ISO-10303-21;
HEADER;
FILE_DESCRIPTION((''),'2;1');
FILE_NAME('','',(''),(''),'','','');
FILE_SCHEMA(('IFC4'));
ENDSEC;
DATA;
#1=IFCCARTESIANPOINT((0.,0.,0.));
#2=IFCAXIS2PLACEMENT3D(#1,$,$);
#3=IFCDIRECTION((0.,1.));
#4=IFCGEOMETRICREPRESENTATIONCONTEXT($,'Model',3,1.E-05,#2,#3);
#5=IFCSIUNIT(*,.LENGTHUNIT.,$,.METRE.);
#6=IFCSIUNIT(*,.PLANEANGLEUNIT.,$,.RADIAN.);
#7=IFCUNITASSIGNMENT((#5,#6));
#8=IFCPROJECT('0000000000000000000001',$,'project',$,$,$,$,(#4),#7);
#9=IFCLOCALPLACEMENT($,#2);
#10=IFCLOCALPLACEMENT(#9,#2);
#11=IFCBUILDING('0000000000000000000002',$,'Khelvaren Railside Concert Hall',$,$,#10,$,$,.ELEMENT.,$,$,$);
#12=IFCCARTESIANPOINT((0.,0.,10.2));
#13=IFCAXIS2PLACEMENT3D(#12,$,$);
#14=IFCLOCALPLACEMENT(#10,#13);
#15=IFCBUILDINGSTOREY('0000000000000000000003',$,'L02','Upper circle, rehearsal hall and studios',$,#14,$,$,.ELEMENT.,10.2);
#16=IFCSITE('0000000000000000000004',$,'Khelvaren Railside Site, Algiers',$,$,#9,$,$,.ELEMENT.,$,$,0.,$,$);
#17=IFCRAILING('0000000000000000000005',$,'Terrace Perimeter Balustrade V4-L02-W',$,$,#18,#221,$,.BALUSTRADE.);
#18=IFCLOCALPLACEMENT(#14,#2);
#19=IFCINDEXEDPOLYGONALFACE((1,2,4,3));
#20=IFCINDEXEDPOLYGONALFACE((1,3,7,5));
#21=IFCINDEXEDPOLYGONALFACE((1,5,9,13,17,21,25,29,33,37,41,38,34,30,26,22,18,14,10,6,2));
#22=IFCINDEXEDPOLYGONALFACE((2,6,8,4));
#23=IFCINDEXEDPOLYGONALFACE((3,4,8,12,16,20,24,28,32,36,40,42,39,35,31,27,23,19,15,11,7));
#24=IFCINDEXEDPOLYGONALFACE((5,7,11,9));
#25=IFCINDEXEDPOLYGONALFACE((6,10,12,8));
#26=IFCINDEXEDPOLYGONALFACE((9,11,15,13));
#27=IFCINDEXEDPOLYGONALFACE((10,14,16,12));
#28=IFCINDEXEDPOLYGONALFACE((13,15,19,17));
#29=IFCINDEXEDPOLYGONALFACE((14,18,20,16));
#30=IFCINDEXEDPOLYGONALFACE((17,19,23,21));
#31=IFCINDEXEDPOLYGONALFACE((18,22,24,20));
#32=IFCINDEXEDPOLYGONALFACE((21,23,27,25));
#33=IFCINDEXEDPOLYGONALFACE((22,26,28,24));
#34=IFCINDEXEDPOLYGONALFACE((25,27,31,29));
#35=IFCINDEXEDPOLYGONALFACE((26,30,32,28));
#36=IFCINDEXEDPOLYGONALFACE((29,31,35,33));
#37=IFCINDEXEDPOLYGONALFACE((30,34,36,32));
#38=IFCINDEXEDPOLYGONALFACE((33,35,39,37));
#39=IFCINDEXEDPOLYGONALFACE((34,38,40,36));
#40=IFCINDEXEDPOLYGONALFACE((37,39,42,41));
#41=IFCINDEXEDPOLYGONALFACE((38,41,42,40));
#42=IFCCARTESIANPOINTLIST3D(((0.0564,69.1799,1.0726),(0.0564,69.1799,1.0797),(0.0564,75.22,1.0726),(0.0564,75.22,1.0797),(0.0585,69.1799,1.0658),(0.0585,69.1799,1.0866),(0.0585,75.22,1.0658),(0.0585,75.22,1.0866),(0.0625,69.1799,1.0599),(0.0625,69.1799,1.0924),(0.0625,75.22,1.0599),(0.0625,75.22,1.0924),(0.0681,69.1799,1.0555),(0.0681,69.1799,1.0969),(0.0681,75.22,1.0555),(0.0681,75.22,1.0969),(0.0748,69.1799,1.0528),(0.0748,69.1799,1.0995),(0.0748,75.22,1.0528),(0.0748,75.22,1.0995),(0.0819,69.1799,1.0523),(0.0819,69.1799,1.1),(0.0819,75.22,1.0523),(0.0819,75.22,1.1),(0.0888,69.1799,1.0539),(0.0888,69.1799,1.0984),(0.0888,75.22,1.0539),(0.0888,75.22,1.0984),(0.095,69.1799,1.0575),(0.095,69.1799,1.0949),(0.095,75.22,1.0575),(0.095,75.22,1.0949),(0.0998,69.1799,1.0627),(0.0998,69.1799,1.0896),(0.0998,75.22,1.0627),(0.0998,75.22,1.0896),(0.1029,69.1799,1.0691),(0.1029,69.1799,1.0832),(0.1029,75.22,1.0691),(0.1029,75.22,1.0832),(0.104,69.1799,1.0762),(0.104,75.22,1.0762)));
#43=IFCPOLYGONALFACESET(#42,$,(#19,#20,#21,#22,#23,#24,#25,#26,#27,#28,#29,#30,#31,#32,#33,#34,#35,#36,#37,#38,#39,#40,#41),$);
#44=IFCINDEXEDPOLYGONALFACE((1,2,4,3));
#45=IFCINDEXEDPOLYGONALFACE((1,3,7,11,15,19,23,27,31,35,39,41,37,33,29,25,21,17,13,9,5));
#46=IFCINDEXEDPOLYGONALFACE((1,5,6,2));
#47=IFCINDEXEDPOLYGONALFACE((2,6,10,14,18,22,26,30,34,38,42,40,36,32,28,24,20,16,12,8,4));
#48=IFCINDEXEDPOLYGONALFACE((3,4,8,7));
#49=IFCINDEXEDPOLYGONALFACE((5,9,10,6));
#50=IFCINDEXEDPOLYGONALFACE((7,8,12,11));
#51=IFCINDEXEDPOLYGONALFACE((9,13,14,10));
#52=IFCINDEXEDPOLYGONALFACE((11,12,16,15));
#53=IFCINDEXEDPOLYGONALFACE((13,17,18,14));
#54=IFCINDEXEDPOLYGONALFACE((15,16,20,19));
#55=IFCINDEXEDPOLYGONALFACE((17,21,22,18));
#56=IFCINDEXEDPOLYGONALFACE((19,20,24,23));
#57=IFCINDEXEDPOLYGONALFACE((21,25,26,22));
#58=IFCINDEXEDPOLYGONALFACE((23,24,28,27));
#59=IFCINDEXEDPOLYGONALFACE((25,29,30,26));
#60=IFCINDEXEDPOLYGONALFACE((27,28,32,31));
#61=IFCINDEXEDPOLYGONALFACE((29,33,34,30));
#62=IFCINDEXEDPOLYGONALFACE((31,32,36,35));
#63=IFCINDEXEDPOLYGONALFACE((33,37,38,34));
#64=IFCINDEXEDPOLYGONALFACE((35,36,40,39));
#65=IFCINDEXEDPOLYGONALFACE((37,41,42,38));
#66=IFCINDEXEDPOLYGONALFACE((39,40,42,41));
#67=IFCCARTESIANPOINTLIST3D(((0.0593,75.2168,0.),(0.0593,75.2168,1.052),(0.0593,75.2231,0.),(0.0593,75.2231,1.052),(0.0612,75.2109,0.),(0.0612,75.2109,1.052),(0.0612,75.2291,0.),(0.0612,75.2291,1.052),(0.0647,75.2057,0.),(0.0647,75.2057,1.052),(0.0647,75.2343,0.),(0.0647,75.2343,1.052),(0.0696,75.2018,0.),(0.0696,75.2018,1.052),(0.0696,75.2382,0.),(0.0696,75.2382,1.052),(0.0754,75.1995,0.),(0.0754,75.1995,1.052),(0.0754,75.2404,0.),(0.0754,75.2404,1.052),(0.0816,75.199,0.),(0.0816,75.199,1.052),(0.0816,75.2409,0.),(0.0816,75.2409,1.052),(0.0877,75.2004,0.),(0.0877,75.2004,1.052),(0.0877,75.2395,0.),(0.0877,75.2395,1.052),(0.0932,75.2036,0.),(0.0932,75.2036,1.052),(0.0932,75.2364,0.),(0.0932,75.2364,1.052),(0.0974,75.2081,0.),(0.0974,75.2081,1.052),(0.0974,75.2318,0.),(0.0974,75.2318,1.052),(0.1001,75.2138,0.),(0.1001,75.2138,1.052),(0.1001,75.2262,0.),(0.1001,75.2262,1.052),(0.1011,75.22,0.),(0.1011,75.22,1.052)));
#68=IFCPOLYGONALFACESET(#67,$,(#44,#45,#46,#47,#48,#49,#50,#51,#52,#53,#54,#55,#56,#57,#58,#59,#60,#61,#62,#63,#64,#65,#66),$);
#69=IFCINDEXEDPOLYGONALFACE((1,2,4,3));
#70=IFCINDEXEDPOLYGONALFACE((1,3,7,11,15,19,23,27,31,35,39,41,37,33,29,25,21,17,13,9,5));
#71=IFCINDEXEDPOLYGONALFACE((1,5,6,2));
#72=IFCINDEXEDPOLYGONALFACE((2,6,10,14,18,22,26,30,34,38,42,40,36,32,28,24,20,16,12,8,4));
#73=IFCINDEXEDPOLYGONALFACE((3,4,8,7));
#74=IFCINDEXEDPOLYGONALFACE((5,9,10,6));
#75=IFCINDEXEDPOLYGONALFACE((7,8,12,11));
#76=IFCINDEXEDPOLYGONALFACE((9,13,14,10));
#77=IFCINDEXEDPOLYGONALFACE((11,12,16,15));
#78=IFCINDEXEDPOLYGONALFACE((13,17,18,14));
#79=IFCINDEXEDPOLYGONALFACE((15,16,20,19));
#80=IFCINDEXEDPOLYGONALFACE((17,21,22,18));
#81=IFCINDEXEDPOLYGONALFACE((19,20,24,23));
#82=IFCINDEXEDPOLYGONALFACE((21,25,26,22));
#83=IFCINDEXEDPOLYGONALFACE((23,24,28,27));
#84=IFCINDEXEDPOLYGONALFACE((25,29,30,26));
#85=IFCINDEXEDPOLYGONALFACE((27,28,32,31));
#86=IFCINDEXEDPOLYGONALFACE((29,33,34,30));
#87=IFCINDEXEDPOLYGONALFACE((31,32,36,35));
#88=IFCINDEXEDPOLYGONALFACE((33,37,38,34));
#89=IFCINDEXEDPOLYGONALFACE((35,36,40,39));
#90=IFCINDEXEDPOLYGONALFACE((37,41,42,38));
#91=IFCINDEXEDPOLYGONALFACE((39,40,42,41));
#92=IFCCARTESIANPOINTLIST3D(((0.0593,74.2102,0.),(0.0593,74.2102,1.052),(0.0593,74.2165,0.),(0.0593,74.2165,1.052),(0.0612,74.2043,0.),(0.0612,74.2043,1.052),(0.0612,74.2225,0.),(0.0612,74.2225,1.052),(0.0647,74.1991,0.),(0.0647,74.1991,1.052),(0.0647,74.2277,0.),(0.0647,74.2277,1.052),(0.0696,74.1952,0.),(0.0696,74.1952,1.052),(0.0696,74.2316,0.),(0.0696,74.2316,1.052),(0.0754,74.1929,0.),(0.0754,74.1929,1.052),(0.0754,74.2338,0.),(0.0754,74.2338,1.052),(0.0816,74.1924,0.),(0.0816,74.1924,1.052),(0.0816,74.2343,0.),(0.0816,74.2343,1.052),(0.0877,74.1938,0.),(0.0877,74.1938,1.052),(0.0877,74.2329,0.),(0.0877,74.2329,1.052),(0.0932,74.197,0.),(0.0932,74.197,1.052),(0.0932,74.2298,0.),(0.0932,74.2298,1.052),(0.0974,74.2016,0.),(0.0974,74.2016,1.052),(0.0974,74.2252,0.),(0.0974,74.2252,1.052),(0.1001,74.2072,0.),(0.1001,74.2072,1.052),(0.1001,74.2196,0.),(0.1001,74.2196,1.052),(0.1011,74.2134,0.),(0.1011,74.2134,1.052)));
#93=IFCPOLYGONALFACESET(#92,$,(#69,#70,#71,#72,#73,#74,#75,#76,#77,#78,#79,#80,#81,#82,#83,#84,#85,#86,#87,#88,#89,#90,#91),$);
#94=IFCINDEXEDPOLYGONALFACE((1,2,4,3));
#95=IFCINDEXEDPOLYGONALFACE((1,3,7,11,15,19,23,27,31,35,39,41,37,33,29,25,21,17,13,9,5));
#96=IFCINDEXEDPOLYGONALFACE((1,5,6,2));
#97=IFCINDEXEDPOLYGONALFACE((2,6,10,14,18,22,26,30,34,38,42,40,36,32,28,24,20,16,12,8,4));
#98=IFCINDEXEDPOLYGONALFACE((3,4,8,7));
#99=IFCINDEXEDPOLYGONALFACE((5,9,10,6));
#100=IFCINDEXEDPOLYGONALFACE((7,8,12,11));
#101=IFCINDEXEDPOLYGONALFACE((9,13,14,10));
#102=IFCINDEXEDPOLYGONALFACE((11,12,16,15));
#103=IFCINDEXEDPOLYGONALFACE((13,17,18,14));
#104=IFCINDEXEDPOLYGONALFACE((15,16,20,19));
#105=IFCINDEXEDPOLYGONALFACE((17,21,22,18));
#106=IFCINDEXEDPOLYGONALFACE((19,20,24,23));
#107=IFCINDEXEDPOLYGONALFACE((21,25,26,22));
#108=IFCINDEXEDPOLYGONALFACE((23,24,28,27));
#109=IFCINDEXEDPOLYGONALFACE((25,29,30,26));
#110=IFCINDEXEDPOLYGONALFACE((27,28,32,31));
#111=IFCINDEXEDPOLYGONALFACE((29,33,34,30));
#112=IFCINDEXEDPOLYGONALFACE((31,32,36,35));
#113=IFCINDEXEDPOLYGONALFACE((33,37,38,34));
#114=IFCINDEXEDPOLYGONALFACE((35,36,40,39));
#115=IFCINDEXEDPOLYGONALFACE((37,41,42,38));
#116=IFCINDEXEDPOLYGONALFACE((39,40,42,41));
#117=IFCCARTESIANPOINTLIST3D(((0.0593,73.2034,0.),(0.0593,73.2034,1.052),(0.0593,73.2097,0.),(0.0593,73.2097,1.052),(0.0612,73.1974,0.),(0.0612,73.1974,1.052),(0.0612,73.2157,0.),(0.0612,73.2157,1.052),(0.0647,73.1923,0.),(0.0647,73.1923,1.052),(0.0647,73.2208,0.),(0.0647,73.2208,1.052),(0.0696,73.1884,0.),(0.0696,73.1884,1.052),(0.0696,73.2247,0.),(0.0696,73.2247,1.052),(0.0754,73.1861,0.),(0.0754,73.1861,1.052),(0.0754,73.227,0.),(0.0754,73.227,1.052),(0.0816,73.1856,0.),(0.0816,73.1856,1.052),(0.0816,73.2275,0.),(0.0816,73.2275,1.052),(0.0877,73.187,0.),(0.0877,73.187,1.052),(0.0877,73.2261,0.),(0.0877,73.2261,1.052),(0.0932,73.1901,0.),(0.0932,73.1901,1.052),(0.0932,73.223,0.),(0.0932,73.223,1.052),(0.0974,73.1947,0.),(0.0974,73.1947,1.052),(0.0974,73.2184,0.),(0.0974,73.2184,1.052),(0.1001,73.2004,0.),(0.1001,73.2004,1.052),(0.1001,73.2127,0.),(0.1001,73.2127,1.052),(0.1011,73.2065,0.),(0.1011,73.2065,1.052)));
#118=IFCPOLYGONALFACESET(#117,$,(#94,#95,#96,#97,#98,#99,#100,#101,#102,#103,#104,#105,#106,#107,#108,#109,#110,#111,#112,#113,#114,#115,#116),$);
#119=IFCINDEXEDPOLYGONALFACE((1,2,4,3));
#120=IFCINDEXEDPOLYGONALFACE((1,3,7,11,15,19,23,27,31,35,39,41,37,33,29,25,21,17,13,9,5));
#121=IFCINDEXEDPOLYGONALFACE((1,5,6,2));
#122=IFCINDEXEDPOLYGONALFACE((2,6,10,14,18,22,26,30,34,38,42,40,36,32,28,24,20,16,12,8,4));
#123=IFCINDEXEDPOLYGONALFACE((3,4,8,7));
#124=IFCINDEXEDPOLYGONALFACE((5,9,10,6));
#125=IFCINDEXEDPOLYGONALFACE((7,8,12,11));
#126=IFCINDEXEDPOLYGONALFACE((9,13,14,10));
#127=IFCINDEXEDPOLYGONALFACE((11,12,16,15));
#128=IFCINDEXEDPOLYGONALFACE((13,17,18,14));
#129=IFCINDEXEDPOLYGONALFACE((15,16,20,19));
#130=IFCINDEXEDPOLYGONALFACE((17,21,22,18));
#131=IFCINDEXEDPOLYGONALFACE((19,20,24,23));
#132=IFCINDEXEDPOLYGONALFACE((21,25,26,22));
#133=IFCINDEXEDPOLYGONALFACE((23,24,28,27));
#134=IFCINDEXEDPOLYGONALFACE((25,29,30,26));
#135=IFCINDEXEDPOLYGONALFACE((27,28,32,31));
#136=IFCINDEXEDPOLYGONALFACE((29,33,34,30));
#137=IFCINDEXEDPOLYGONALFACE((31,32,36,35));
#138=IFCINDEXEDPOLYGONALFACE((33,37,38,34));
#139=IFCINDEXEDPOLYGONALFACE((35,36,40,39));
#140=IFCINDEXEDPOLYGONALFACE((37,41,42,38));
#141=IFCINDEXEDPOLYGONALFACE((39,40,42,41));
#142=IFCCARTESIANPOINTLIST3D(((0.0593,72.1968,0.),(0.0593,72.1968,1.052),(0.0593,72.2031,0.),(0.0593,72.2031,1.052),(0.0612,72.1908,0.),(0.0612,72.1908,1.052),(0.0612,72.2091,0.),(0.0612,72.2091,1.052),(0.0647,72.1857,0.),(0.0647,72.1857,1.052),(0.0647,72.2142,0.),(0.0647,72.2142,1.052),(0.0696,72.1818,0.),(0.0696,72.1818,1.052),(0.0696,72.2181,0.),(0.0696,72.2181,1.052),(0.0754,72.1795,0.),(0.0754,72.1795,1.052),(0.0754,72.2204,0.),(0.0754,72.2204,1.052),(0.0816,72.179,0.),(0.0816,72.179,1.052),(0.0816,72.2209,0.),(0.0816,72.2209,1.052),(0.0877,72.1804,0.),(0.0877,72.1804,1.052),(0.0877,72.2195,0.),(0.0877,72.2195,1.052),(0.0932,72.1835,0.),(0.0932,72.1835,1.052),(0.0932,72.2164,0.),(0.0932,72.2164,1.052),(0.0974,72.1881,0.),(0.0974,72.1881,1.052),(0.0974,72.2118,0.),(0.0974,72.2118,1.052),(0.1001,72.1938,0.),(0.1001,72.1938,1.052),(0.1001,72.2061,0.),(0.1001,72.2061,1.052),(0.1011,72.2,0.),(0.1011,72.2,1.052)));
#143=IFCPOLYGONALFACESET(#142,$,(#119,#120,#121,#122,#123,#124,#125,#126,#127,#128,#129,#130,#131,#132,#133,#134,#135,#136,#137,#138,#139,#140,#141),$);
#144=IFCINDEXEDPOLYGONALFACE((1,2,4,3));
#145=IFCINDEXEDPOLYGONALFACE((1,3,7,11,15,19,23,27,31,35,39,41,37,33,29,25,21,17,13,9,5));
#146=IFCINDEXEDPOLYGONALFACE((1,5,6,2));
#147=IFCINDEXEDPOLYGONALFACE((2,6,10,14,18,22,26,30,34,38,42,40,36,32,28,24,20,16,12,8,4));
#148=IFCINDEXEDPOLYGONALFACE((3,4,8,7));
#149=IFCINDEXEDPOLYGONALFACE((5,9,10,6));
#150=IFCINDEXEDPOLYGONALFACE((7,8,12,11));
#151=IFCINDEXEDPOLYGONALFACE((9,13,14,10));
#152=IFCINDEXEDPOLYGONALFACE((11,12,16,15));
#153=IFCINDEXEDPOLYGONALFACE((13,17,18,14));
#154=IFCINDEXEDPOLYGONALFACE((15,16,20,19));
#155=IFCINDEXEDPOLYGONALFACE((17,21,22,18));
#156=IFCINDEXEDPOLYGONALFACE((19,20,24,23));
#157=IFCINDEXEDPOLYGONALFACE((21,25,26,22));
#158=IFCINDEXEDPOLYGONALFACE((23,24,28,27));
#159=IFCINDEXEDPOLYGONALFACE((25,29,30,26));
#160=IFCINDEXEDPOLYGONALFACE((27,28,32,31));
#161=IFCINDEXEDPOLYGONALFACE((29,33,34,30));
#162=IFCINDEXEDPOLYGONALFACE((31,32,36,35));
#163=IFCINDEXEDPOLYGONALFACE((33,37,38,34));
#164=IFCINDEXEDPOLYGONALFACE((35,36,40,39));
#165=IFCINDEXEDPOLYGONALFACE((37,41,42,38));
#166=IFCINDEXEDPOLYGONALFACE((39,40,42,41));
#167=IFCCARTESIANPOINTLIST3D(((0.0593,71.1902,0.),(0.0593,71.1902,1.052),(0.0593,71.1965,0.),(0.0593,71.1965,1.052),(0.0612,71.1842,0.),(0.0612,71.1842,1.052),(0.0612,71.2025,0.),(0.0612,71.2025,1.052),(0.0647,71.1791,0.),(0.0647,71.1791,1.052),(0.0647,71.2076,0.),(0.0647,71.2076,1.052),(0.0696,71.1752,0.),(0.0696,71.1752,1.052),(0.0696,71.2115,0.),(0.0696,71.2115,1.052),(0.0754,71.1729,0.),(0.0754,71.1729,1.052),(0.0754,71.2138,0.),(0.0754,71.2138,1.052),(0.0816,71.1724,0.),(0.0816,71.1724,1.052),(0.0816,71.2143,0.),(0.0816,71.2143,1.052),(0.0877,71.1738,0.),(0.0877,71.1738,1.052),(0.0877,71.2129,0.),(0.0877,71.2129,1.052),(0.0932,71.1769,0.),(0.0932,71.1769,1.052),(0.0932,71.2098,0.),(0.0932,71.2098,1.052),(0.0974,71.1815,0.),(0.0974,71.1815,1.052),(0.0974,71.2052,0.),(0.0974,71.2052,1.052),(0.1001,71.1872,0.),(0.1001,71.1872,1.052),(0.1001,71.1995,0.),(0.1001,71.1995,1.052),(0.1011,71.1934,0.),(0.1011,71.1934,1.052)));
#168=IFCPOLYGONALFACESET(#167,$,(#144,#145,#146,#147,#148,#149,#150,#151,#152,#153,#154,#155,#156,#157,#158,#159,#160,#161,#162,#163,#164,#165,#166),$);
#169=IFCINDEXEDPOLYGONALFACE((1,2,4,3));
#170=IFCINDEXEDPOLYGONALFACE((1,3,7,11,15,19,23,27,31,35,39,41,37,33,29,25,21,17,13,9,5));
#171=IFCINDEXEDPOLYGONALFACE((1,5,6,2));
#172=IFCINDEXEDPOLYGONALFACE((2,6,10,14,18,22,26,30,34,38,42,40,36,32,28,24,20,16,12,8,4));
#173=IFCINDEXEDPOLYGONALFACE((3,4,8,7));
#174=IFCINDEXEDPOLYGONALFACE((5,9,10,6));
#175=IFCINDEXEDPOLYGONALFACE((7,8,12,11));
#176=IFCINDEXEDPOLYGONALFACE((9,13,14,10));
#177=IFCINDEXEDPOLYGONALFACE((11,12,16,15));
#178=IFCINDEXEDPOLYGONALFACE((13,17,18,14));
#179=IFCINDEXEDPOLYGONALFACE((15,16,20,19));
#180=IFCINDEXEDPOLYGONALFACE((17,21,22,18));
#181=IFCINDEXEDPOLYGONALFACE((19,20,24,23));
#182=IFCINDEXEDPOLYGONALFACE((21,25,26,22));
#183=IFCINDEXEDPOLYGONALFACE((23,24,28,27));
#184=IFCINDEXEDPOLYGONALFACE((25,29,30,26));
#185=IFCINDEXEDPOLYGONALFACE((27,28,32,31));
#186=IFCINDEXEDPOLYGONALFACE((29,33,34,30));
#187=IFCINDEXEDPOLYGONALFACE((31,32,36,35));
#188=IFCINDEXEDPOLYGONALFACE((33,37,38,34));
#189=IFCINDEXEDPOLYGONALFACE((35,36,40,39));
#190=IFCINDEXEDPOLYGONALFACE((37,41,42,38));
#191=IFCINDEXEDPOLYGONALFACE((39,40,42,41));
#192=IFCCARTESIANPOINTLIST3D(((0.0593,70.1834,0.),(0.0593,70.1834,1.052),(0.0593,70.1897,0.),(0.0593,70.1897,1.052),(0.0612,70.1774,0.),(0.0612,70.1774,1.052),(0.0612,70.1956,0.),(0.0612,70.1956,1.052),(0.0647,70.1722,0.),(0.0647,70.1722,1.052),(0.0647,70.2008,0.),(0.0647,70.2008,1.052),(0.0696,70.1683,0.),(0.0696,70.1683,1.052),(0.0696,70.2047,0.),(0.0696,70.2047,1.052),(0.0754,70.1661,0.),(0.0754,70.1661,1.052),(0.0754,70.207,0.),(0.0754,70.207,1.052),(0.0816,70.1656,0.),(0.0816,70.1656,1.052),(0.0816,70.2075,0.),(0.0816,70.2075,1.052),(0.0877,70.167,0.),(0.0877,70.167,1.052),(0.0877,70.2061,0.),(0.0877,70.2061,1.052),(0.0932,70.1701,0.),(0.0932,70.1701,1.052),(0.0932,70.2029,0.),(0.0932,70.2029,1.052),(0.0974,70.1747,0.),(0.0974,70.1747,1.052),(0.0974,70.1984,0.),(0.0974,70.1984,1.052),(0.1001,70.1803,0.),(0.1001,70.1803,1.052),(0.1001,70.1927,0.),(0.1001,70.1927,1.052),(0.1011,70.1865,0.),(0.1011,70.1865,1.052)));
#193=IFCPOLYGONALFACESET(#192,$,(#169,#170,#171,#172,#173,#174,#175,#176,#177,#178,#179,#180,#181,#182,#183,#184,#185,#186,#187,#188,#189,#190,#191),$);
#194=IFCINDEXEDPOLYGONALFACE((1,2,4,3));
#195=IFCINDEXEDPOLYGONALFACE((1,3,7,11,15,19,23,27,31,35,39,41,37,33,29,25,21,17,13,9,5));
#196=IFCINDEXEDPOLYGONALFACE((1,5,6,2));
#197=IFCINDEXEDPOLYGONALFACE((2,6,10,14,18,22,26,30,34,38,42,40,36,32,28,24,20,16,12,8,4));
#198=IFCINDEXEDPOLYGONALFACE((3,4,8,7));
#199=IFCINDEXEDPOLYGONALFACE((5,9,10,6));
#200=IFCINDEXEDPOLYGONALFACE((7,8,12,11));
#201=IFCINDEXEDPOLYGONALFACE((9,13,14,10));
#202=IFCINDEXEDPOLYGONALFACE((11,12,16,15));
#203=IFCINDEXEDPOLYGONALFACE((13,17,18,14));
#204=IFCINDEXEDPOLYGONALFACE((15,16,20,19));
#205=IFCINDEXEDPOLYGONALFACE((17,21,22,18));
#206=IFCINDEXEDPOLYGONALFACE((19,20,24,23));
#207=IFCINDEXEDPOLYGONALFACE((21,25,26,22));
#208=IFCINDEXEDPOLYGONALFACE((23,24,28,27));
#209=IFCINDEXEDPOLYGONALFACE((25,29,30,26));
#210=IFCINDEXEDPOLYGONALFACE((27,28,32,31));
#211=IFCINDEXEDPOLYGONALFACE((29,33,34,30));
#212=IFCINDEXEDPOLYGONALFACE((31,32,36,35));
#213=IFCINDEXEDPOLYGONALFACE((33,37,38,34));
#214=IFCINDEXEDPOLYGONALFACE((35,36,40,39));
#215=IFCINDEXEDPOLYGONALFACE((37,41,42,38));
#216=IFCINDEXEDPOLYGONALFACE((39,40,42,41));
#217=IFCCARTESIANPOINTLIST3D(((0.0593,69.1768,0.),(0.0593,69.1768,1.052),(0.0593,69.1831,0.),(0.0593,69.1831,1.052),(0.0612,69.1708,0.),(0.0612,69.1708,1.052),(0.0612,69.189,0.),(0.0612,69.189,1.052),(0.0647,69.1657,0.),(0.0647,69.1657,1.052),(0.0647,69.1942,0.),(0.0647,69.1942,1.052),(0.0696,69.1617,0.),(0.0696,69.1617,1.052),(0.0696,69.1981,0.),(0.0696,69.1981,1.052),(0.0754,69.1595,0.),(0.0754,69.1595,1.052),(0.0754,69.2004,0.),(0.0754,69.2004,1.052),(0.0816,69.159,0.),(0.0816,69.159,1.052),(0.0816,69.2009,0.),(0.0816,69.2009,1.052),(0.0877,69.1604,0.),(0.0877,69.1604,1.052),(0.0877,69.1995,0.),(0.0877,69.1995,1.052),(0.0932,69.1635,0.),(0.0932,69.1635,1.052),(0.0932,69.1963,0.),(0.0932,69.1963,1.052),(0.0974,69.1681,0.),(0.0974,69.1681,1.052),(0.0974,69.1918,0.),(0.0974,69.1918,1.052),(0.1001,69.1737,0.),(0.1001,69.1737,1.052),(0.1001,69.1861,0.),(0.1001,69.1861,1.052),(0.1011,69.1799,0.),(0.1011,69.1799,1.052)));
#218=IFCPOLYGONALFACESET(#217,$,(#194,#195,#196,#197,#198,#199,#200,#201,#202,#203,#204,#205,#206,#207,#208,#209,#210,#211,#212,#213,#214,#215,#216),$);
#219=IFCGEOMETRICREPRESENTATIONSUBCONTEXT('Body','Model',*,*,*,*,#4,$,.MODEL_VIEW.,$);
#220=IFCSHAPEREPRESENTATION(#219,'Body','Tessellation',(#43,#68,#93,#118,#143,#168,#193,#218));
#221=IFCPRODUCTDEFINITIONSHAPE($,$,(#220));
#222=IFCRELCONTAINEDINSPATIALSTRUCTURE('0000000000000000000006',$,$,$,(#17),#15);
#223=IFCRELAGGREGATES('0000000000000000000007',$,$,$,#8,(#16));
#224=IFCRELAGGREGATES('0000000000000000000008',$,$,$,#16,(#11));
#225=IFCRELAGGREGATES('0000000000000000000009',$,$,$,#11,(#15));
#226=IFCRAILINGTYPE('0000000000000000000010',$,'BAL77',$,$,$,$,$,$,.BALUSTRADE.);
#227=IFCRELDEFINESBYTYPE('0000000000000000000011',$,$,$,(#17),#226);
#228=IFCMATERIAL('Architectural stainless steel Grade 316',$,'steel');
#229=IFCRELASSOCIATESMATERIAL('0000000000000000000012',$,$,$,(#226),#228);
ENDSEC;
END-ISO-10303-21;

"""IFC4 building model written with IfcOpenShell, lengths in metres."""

from ifc_helpers import new_model, si_unit, direction, frame, origin, origin_2d, place, context, subcontext, project, spatial, circle, extrude, material, type_object, element, save


model = new_model("IFC4")

# Units and contexts
model_context = context("Model", 3, precision=1e-05, world=origin(), true_north=direction((0.0, 1.0)))
body_context = subcontext(model_context, "Body", "Model", "MODEL_VIEW")
ifc_project = project(units=[si_unit("LENGTHUNIT", "METRE"), si_unit("PLANEANGLEUNIT", "RADIAN")], contexts=[model_context])

# Site, building, storey
site_placement = place(None, origin())
site = spatial("IfcSite", under=ifc_project, at=site_placement, Name="Khelvaren Railside Site, Algiers", CompositionType="ELEMENT", RefElevation=0.0)
building_placement = place(site_placement, origin())
building = spatial("IfcBuilding", under=site, at=building_placement, Name="Khelvaren Railside Concert Hall", CompositionType="ELEMENT")
storey_placement = place(building_placement, frame((0.0, 0.0, 10.2)))
storey = spatial("IfcBuildingStorey", under=building, at=storey_placement, Name="L02", Description="Upper circle, rehearsal hall and studios", CompositionType="ELEMENT", Elevation=10.2)

# Railing
ifc_material_1 = material(Name="Architectural stainless steel Grade 316", Category="steel")
railing_type = type_object("IfcRailingType", Name="BAL77", PredefinedType="BALUSTRADE", material=ifc_material_1)
railing_1_placement = place(storey_placement, frame((0.0801, 75.22, 0.0)))
element("IfcRailing", 1, at=railing_1_placement, inside=storey, type_object=railing_type, Name="Terrace Perimeter Balustrade V4-L02-W", PredefinedType="BALUSTRADE", context=body_context, shape_type="SweptSolid", body=[
    extrude(circle(Radius=0.0239, at=origin_2d()), frame((0.0, 0.0, 1.0762), z_axis=(0.0, -1.0, 0.0), x_axis=(1.0, 0.0, 0.0)), (0.0, 0.0, 1.0), 6.04),
    extrude(circle(Radius=0.021, at=origin_2d()), origin(), (0.0, 0.0, 1.0), 1.052),
    extrude(circle(Radius=0.021, at=origin_2d()), frame((0.0, -1.0066, 0.0)), (0.0, 0.0, 1.0), 1.052),
    extrude(circle(Radius=0.021, at=origin_2d()), frame((0.0, -2.0134, 0.0)), (0.0, 0.0, 1.0), 1.052),
    extrude(circle(Radius=0.021, at=origin_2d()), frame((0.0, -3.02, 0.0)), (0.0, 0.0, 1.0), 1.052),
    extrude(circle(Radius=0.021, at=origin_2d()), frame((0.0, -4.0266, 0.0)), (0.0, 0.0, 1.0), 1.052),
    extrude(circle(Radius=0.021, at=origin_2d()), frame((0.0, -5.0334, 0.0)), (0.0, 0.0, 1.0), 1.052),
    extrude(circle(Radius=0.021, at=origin_2d()), frame((0.0, -6.04, 0.0)), (0.0, 0.0, 1.0), 1.052),
])

save(model, "model.ifc")
